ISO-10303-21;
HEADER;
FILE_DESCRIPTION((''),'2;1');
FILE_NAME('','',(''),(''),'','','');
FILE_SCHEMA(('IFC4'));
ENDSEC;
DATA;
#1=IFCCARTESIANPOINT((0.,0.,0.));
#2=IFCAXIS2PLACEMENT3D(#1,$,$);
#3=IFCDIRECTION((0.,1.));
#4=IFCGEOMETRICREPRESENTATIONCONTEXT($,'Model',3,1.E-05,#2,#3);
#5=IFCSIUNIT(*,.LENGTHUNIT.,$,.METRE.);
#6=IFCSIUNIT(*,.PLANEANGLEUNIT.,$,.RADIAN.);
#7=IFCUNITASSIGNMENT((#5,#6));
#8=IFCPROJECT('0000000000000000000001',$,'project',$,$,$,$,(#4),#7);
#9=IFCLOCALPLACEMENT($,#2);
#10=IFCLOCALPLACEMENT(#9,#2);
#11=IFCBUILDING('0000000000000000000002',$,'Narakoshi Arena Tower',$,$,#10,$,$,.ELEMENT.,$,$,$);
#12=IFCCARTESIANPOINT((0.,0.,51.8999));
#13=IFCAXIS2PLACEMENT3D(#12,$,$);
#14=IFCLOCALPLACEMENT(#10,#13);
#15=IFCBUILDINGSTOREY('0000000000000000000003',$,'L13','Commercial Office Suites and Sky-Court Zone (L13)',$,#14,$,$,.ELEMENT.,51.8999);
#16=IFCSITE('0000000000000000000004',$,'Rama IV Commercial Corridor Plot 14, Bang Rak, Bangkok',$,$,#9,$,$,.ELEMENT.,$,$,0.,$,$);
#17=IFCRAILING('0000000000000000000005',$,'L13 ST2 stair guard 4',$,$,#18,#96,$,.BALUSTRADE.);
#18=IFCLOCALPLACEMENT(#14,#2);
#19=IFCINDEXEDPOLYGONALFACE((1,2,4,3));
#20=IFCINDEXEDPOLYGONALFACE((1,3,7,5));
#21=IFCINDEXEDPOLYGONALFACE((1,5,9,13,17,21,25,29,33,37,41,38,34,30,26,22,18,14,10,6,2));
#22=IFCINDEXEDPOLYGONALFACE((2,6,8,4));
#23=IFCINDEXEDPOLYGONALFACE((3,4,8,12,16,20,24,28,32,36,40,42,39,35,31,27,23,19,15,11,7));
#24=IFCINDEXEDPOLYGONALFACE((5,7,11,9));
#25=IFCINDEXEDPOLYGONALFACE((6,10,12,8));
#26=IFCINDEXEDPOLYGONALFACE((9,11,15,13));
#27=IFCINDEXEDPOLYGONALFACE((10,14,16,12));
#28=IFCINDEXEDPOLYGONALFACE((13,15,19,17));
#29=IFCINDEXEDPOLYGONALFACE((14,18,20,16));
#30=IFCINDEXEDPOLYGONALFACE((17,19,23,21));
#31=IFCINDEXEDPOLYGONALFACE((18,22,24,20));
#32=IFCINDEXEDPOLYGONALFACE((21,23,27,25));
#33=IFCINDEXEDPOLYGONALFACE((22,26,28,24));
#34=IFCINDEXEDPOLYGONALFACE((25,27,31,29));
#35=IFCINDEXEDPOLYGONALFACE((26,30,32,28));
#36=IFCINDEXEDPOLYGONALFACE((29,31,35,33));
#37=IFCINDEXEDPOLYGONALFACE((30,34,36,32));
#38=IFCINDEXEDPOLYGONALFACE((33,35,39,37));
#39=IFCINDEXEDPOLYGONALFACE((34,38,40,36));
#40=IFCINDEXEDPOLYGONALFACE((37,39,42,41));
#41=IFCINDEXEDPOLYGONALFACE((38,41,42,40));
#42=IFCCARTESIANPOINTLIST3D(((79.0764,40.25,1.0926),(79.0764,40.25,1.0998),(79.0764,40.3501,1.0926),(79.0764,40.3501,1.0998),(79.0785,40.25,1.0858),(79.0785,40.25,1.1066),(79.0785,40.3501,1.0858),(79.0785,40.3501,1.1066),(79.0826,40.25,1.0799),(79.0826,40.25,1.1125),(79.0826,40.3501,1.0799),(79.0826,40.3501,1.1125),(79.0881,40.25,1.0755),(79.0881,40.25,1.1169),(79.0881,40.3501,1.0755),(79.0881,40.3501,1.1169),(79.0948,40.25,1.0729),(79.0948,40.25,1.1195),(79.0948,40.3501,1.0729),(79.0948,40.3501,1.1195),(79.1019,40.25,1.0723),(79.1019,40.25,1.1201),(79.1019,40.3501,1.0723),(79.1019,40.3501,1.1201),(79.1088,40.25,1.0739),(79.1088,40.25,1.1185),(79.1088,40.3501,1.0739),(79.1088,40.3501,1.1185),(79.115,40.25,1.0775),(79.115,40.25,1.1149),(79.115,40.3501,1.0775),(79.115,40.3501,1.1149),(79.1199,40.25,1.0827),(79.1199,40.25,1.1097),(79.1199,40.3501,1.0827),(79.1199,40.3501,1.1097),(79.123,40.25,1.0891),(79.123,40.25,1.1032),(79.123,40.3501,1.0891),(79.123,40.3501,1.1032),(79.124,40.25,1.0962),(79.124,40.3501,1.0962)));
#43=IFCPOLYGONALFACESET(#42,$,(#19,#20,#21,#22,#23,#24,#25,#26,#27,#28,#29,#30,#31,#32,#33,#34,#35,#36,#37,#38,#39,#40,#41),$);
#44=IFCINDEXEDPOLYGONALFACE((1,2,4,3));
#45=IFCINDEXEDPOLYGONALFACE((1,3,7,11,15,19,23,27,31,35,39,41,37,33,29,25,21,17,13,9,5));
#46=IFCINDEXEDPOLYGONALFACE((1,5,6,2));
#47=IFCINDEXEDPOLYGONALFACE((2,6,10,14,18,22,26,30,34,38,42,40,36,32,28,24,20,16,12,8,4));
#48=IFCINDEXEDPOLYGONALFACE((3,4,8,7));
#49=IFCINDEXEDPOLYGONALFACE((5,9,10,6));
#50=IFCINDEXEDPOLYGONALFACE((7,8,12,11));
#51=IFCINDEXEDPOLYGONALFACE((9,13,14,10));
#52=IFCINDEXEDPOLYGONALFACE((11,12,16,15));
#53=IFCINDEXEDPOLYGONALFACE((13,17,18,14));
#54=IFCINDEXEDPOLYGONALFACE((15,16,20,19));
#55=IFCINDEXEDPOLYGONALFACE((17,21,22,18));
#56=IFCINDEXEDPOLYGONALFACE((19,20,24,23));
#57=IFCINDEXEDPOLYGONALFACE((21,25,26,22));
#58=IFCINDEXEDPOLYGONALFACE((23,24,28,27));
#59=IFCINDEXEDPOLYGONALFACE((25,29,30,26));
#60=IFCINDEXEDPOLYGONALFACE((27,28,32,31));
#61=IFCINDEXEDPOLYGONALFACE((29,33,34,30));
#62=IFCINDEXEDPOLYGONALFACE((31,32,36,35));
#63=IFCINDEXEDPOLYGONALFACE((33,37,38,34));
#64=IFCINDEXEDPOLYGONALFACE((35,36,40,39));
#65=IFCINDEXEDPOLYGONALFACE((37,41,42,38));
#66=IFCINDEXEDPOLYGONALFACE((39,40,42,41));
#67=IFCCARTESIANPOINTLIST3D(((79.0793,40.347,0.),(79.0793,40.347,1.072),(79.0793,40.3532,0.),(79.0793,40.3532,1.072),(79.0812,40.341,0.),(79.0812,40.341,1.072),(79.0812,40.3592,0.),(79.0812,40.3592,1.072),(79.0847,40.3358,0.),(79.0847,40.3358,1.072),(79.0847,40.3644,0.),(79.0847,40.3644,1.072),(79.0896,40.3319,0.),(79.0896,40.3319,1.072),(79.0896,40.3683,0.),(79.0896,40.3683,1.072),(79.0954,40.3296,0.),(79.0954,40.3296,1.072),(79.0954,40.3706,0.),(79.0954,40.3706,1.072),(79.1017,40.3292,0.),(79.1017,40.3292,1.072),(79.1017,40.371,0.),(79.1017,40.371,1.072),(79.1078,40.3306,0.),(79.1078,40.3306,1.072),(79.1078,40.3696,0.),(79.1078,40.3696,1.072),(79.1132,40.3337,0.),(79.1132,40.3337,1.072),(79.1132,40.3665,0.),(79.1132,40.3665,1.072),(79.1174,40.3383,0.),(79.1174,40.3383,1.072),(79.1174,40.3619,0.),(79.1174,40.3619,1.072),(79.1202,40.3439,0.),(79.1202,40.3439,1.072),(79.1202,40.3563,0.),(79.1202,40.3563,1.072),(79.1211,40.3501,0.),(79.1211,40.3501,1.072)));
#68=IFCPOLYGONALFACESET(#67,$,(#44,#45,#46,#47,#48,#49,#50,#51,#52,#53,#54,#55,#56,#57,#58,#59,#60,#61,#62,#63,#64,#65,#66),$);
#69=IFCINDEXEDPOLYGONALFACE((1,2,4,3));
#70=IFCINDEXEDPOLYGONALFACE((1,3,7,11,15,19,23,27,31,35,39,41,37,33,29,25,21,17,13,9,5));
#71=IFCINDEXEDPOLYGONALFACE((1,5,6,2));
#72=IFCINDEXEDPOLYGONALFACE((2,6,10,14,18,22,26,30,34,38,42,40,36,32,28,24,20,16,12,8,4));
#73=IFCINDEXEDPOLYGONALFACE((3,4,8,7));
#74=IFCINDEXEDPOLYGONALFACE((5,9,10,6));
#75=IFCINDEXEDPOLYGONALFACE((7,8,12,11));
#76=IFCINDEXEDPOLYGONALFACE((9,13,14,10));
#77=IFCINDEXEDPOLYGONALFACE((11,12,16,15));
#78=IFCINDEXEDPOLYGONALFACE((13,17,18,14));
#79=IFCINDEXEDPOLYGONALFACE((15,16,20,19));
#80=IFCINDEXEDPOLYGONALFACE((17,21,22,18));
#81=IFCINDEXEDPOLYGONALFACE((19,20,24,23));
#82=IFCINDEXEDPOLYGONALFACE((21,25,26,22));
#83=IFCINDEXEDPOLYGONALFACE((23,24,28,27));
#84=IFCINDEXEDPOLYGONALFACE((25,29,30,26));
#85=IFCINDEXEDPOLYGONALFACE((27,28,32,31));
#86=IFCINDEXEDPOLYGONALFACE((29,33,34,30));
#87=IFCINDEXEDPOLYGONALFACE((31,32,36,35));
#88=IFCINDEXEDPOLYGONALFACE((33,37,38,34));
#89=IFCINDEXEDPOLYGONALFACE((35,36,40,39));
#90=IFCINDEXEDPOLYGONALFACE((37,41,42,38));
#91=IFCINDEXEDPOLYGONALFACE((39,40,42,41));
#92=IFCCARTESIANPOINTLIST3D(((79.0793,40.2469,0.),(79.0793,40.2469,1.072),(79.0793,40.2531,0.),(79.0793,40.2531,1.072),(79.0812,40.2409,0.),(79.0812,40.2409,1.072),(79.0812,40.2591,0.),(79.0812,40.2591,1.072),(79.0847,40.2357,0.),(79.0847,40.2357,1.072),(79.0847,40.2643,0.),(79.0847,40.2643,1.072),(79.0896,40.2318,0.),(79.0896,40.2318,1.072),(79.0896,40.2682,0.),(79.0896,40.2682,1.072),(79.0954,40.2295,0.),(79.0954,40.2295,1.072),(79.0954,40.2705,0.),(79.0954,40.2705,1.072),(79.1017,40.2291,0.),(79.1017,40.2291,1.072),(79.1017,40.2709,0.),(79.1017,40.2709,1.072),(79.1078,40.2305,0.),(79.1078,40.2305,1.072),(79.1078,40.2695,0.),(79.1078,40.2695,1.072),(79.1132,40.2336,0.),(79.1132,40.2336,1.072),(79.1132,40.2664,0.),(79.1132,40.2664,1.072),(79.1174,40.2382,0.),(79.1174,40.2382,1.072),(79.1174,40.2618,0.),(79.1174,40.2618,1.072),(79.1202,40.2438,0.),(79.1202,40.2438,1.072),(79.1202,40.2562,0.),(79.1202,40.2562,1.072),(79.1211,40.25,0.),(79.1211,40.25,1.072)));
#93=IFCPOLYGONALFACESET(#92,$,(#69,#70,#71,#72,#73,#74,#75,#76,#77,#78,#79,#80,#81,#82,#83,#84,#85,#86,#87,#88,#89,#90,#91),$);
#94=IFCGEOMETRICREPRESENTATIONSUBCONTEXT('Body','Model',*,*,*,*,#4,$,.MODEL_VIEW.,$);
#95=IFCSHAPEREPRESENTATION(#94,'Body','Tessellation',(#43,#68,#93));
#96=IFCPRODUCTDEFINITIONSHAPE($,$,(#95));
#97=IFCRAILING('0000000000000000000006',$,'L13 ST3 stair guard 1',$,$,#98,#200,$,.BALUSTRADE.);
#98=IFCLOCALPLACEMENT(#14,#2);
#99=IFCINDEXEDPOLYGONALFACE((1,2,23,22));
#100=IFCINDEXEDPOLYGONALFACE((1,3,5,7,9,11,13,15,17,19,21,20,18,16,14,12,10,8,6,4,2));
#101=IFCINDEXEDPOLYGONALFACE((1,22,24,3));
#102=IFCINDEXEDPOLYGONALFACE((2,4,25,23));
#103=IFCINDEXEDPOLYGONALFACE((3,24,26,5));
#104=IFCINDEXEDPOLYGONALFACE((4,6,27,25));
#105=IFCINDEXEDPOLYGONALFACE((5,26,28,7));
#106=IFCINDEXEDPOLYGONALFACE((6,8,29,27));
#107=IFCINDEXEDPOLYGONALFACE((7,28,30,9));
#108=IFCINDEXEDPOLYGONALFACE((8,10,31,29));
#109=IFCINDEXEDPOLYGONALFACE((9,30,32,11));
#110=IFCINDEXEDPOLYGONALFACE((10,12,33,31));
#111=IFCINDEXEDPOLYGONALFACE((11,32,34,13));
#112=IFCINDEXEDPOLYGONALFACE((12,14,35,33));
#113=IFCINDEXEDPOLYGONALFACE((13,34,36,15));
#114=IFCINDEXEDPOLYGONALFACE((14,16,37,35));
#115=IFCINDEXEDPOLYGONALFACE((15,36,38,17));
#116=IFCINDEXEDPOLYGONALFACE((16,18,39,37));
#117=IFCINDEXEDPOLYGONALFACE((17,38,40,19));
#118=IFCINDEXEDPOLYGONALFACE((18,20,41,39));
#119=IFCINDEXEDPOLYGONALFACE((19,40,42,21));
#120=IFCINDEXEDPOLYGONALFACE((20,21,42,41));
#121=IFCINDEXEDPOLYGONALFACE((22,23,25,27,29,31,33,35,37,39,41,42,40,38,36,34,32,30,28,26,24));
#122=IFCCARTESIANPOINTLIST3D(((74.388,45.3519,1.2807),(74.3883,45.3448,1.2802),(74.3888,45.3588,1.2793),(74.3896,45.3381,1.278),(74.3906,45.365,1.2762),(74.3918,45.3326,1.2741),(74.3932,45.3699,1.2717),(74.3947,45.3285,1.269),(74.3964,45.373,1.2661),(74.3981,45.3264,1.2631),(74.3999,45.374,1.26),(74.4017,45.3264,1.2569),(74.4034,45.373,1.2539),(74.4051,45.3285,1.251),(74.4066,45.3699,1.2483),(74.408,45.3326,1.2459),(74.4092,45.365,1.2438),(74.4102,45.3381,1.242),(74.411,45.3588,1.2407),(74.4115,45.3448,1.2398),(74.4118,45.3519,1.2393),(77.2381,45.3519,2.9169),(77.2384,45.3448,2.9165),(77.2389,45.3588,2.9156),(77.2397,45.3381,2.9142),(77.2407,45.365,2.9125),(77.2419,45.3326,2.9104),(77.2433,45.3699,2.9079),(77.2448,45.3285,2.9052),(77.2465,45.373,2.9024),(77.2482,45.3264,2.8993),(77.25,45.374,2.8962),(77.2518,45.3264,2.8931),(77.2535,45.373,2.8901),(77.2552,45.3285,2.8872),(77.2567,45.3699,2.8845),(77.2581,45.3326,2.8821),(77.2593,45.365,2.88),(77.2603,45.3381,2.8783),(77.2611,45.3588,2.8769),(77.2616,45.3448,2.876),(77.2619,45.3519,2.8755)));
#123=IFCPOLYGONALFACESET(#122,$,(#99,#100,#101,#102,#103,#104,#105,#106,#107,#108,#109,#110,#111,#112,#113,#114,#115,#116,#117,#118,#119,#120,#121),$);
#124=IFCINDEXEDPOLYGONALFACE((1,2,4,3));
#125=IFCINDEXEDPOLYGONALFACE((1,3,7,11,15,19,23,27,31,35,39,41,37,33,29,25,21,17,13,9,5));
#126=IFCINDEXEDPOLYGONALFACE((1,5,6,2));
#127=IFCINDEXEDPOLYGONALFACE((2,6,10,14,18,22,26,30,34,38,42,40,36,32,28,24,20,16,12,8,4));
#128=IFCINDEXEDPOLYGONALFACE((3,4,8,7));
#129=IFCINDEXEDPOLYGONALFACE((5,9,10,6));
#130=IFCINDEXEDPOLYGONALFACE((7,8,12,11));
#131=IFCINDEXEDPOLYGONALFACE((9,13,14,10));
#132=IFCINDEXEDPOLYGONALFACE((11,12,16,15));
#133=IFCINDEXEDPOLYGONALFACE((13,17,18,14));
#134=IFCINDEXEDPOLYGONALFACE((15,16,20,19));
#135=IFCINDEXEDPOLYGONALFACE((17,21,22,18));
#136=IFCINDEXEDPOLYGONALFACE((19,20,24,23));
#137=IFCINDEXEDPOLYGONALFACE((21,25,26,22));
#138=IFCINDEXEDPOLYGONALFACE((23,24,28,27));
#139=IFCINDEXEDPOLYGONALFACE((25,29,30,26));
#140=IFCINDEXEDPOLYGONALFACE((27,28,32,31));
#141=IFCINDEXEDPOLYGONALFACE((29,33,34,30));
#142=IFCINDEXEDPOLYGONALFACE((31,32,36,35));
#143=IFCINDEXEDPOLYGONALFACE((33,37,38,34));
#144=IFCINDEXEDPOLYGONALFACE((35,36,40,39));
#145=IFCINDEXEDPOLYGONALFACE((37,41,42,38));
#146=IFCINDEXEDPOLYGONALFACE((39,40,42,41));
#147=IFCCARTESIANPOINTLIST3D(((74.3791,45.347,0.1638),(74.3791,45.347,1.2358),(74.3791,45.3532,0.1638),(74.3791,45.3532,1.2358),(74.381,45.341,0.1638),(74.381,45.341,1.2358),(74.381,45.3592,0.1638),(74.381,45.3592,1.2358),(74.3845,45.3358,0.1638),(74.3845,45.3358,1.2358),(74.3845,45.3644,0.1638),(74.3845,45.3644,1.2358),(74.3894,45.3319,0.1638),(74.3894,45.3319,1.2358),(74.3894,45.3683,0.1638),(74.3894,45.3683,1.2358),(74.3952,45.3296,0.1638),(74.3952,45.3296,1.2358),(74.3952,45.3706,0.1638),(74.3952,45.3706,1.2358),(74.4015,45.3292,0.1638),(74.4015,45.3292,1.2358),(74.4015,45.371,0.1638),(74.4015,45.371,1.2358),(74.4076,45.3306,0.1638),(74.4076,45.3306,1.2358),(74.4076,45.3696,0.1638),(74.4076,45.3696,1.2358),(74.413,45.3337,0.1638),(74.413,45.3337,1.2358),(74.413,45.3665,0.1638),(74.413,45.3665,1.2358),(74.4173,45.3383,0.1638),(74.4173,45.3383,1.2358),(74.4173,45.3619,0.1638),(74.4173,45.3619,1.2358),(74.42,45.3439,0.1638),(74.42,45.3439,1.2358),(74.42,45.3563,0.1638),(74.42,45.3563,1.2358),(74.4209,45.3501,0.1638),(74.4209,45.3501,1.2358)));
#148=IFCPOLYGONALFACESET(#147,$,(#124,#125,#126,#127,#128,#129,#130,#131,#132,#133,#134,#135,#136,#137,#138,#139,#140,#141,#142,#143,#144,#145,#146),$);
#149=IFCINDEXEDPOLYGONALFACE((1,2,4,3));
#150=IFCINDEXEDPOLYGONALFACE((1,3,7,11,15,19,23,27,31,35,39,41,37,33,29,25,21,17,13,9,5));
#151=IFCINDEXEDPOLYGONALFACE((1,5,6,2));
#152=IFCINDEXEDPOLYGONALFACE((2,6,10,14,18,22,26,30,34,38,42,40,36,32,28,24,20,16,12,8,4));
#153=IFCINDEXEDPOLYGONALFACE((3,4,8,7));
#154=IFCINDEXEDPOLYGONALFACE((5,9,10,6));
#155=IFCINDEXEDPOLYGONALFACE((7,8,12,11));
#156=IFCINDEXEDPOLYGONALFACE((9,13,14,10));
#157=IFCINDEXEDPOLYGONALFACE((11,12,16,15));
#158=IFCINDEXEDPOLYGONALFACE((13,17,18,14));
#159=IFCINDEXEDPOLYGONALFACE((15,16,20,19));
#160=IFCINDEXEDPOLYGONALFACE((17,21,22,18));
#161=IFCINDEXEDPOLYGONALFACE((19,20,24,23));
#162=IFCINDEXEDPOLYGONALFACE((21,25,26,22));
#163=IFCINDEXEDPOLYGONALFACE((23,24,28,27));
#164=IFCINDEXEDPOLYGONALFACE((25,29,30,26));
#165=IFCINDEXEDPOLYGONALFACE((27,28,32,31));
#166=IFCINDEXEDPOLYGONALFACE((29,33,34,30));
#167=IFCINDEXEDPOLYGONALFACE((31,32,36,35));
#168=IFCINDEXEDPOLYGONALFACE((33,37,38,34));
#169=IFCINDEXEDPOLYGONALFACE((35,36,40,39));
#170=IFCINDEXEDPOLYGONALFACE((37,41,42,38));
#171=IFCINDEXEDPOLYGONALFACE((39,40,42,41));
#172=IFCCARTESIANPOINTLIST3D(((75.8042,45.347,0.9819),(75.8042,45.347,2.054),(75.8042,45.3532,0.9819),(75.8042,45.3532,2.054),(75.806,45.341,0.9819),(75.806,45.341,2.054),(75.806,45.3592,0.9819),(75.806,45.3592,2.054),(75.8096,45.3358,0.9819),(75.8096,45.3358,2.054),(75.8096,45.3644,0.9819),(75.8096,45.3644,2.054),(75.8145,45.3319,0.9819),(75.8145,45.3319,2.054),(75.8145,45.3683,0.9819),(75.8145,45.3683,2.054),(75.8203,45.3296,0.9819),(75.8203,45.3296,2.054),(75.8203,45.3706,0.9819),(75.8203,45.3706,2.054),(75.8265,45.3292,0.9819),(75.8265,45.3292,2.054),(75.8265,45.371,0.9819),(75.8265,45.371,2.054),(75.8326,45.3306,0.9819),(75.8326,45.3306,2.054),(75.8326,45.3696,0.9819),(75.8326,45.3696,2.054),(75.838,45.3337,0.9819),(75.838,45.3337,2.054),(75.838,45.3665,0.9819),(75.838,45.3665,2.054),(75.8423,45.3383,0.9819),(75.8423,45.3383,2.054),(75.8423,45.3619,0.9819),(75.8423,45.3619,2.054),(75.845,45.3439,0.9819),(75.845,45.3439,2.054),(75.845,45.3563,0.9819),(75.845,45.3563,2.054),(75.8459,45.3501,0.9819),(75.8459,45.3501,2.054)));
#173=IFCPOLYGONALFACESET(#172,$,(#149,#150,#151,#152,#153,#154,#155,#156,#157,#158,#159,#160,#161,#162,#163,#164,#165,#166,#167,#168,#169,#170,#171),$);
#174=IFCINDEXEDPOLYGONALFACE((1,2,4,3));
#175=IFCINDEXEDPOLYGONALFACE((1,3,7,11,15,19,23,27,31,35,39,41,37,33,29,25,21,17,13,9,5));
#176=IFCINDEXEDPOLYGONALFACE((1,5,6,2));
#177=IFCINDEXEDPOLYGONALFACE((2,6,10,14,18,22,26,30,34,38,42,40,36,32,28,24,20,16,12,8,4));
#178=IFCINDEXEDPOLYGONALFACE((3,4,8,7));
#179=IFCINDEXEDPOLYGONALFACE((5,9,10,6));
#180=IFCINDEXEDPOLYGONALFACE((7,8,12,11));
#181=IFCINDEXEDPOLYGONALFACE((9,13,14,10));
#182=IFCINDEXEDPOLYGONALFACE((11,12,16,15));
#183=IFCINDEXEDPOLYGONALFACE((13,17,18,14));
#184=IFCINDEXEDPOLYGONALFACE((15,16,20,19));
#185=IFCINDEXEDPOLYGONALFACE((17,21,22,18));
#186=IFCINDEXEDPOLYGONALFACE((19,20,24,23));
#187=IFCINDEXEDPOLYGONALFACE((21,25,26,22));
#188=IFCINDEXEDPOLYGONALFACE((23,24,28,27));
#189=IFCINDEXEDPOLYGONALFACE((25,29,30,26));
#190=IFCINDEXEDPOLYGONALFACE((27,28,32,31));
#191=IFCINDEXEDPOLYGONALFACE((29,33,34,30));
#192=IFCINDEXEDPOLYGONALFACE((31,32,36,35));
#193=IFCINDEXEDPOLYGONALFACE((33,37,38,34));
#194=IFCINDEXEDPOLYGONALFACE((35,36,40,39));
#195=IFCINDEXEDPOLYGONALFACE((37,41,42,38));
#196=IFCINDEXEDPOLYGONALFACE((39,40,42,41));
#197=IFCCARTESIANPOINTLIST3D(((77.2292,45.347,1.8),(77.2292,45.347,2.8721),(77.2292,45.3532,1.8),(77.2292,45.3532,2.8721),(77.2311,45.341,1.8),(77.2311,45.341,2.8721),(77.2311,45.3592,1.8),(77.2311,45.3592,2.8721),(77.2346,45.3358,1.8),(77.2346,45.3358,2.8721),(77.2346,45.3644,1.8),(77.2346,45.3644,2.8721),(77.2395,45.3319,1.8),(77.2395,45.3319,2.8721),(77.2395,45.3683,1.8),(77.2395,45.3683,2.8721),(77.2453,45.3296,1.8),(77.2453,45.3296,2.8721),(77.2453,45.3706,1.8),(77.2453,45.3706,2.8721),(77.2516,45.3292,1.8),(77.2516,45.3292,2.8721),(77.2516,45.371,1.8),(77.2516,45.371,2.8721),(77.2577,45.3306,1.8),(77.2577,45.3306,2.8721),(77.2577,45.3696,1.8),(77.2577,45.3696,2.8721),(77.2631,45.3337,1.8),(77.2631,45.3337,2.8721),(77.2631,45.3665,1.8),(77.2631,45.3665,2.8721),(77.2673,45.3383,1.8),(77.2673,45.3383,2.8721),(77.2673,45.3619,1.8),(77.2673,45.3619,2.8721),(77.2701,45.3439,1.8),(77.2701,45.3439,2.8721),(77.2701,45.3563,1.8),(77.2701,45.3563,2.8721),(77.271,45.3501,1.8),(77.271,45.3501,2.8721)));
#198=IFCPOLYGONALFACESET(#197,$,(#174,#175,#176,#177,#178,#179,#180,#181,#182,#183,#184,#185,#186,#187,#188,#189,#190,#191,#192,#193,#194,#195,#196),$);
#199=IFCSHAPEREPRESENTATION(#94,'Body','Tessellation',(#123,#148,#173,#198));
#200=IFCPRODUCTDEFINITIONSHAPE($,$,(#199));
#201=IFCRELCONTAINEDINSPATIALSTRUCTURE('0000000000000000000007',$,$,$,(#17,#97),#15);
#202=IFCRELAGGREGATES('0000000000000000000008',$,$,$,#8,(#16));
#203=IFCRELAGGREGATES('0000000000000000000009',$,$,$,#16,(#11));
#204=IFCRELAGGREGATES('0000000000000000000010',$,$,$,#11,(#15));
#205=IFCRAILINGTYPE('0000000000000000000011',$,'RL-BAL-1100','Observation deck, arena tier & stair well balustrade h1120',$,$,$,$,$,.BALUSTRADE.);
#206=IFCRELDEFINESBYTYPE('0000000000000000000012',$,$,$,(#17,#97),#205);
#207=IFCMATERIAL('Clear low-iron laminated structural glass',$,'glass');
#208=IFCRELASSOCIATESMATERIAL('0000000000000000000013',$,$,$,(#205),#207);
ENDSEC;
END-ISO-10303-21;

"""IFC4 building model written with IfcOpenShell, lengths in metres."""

from ifc_helpers import new_model, si_unit, direction, frame, origin, origin_2d, place, context, subcontext, project, spatial, circle, extrude, material, type_object, element, save


model = new_model("IFC4")

# Units and contexts
model_context = context("Model", 3, precision=1e-05, world=origin(), true_north=direction((0.0, 1.0)))
body_context = subcontext(model_context, "Body", "Model", "MODEL_VIEW")
ifc_project = project(units=[si_unit("LENGTHUNIT", "METRE"), si_unit("PLANEANGLEUNIT", "RADIAN")], contexts=[model_context])

# Site, building, storey
site_placement = place(None, origin())
site = spatial("IfcSite", under=ifc_project, at=site_placement, Name="Rama IV Commercial Corridor Plot 14, Bang Rak, Bangkok", CompositionType="ELEMENT", RefElevation=0.0)
building_placement = place(site_placement, origin())
building = spatial("IfcBuilding", under=site, at=building_placement, Name="Narakoshi Arena Tower", CompositionType="ELEMENT")
storey_placement = place(building_placement, frame((0.0, 0.0, 51.8999)))
storey = spatial("IfcBuildingStorey", under=building, at=storey_placement, Name="L13", Description="Commercial Office Suites and Sky-Court Zone (L13)", CompositionType="ELEMENT", Elevation=51.8999)

# Railings
ifc_material_1 = material(Name="Clear low-iron laminated structural glass", Category="glass")
railing_type_1 = type_object("IfcRailingType", Name="RL-BAL-1100", Description="Observation deck, arena tier & stair well balustrade h1120", PredefinedType="BALUSTRADE", material=ifc_material_1)
railing_1_placement = place(storey_placement, frame((79.1001, 40.3501, 0.0)))
element("IfcRailing", 1, at=railing_1_placement, inside=storey, type_object=railing_type_1, Name="L13 ST2 stair guard 4", PredefinedType="BALUSTRADE", context=body_context, shape_type="SweptSolid", body=[
    extrude(circle(Radius=0.0239, at=origin_2d()), frame((0.0, 0.0, 1.0962), z_axis=(0.0, -1.0, 0.0), x_axis=(1.0, 0.0, 0.0)), (0.0, 0.0, 1.0), 0.1001),
    extrude(circle(Radius=0.021, at=origin_2d()), origin(), (0.0, 0.0, 1.0), 1.072),
    extrude(circle(Radius=0.021, at=origin_2d()), frame((0.0, -0.1001, 0.0)), (0.0, 0.0, 1.0), 1.072),
])
railing_2_placement = place(storey_placement, frame((74.3999, 45.3501, 0.1638)))
element("IfcRailing", 2, at=railing_2_placement, inside=storey, type_object=railing_type_1, Name="L13 ST3 stair guard 1", PredefinedType="BALUSTRADE", context=body_context, shape_type="SweptSolid", body=[
    extrude(circle(Radius=0.0239, at=origin_2d()), frame((0.0, 0.0, 1.0962), z_axis=(0.867245, 0.0, 0.497882), x_axis=(0.0, 1.0, 0.0)), (0.0, 0.0, 1.0), 3.2864),
    extrude(circle(Radius=0.021, at=origin_2d()), origin(), (0.0, 0.0, 1.0), 1.072),
    extrude(circle(Radius=0.021, at=origin_2d()), frame((1.425, 0.0, 0.8181)), (0.0, 0.0, 1.0), 1.072),
    extrude(circle(Radius=0.021, at=origin_2d()), frame((2.8501, 0.0, 1.6362)), (0.0, 0.0, 1.0), 1.072),
])

save(model, "model.ifc")
